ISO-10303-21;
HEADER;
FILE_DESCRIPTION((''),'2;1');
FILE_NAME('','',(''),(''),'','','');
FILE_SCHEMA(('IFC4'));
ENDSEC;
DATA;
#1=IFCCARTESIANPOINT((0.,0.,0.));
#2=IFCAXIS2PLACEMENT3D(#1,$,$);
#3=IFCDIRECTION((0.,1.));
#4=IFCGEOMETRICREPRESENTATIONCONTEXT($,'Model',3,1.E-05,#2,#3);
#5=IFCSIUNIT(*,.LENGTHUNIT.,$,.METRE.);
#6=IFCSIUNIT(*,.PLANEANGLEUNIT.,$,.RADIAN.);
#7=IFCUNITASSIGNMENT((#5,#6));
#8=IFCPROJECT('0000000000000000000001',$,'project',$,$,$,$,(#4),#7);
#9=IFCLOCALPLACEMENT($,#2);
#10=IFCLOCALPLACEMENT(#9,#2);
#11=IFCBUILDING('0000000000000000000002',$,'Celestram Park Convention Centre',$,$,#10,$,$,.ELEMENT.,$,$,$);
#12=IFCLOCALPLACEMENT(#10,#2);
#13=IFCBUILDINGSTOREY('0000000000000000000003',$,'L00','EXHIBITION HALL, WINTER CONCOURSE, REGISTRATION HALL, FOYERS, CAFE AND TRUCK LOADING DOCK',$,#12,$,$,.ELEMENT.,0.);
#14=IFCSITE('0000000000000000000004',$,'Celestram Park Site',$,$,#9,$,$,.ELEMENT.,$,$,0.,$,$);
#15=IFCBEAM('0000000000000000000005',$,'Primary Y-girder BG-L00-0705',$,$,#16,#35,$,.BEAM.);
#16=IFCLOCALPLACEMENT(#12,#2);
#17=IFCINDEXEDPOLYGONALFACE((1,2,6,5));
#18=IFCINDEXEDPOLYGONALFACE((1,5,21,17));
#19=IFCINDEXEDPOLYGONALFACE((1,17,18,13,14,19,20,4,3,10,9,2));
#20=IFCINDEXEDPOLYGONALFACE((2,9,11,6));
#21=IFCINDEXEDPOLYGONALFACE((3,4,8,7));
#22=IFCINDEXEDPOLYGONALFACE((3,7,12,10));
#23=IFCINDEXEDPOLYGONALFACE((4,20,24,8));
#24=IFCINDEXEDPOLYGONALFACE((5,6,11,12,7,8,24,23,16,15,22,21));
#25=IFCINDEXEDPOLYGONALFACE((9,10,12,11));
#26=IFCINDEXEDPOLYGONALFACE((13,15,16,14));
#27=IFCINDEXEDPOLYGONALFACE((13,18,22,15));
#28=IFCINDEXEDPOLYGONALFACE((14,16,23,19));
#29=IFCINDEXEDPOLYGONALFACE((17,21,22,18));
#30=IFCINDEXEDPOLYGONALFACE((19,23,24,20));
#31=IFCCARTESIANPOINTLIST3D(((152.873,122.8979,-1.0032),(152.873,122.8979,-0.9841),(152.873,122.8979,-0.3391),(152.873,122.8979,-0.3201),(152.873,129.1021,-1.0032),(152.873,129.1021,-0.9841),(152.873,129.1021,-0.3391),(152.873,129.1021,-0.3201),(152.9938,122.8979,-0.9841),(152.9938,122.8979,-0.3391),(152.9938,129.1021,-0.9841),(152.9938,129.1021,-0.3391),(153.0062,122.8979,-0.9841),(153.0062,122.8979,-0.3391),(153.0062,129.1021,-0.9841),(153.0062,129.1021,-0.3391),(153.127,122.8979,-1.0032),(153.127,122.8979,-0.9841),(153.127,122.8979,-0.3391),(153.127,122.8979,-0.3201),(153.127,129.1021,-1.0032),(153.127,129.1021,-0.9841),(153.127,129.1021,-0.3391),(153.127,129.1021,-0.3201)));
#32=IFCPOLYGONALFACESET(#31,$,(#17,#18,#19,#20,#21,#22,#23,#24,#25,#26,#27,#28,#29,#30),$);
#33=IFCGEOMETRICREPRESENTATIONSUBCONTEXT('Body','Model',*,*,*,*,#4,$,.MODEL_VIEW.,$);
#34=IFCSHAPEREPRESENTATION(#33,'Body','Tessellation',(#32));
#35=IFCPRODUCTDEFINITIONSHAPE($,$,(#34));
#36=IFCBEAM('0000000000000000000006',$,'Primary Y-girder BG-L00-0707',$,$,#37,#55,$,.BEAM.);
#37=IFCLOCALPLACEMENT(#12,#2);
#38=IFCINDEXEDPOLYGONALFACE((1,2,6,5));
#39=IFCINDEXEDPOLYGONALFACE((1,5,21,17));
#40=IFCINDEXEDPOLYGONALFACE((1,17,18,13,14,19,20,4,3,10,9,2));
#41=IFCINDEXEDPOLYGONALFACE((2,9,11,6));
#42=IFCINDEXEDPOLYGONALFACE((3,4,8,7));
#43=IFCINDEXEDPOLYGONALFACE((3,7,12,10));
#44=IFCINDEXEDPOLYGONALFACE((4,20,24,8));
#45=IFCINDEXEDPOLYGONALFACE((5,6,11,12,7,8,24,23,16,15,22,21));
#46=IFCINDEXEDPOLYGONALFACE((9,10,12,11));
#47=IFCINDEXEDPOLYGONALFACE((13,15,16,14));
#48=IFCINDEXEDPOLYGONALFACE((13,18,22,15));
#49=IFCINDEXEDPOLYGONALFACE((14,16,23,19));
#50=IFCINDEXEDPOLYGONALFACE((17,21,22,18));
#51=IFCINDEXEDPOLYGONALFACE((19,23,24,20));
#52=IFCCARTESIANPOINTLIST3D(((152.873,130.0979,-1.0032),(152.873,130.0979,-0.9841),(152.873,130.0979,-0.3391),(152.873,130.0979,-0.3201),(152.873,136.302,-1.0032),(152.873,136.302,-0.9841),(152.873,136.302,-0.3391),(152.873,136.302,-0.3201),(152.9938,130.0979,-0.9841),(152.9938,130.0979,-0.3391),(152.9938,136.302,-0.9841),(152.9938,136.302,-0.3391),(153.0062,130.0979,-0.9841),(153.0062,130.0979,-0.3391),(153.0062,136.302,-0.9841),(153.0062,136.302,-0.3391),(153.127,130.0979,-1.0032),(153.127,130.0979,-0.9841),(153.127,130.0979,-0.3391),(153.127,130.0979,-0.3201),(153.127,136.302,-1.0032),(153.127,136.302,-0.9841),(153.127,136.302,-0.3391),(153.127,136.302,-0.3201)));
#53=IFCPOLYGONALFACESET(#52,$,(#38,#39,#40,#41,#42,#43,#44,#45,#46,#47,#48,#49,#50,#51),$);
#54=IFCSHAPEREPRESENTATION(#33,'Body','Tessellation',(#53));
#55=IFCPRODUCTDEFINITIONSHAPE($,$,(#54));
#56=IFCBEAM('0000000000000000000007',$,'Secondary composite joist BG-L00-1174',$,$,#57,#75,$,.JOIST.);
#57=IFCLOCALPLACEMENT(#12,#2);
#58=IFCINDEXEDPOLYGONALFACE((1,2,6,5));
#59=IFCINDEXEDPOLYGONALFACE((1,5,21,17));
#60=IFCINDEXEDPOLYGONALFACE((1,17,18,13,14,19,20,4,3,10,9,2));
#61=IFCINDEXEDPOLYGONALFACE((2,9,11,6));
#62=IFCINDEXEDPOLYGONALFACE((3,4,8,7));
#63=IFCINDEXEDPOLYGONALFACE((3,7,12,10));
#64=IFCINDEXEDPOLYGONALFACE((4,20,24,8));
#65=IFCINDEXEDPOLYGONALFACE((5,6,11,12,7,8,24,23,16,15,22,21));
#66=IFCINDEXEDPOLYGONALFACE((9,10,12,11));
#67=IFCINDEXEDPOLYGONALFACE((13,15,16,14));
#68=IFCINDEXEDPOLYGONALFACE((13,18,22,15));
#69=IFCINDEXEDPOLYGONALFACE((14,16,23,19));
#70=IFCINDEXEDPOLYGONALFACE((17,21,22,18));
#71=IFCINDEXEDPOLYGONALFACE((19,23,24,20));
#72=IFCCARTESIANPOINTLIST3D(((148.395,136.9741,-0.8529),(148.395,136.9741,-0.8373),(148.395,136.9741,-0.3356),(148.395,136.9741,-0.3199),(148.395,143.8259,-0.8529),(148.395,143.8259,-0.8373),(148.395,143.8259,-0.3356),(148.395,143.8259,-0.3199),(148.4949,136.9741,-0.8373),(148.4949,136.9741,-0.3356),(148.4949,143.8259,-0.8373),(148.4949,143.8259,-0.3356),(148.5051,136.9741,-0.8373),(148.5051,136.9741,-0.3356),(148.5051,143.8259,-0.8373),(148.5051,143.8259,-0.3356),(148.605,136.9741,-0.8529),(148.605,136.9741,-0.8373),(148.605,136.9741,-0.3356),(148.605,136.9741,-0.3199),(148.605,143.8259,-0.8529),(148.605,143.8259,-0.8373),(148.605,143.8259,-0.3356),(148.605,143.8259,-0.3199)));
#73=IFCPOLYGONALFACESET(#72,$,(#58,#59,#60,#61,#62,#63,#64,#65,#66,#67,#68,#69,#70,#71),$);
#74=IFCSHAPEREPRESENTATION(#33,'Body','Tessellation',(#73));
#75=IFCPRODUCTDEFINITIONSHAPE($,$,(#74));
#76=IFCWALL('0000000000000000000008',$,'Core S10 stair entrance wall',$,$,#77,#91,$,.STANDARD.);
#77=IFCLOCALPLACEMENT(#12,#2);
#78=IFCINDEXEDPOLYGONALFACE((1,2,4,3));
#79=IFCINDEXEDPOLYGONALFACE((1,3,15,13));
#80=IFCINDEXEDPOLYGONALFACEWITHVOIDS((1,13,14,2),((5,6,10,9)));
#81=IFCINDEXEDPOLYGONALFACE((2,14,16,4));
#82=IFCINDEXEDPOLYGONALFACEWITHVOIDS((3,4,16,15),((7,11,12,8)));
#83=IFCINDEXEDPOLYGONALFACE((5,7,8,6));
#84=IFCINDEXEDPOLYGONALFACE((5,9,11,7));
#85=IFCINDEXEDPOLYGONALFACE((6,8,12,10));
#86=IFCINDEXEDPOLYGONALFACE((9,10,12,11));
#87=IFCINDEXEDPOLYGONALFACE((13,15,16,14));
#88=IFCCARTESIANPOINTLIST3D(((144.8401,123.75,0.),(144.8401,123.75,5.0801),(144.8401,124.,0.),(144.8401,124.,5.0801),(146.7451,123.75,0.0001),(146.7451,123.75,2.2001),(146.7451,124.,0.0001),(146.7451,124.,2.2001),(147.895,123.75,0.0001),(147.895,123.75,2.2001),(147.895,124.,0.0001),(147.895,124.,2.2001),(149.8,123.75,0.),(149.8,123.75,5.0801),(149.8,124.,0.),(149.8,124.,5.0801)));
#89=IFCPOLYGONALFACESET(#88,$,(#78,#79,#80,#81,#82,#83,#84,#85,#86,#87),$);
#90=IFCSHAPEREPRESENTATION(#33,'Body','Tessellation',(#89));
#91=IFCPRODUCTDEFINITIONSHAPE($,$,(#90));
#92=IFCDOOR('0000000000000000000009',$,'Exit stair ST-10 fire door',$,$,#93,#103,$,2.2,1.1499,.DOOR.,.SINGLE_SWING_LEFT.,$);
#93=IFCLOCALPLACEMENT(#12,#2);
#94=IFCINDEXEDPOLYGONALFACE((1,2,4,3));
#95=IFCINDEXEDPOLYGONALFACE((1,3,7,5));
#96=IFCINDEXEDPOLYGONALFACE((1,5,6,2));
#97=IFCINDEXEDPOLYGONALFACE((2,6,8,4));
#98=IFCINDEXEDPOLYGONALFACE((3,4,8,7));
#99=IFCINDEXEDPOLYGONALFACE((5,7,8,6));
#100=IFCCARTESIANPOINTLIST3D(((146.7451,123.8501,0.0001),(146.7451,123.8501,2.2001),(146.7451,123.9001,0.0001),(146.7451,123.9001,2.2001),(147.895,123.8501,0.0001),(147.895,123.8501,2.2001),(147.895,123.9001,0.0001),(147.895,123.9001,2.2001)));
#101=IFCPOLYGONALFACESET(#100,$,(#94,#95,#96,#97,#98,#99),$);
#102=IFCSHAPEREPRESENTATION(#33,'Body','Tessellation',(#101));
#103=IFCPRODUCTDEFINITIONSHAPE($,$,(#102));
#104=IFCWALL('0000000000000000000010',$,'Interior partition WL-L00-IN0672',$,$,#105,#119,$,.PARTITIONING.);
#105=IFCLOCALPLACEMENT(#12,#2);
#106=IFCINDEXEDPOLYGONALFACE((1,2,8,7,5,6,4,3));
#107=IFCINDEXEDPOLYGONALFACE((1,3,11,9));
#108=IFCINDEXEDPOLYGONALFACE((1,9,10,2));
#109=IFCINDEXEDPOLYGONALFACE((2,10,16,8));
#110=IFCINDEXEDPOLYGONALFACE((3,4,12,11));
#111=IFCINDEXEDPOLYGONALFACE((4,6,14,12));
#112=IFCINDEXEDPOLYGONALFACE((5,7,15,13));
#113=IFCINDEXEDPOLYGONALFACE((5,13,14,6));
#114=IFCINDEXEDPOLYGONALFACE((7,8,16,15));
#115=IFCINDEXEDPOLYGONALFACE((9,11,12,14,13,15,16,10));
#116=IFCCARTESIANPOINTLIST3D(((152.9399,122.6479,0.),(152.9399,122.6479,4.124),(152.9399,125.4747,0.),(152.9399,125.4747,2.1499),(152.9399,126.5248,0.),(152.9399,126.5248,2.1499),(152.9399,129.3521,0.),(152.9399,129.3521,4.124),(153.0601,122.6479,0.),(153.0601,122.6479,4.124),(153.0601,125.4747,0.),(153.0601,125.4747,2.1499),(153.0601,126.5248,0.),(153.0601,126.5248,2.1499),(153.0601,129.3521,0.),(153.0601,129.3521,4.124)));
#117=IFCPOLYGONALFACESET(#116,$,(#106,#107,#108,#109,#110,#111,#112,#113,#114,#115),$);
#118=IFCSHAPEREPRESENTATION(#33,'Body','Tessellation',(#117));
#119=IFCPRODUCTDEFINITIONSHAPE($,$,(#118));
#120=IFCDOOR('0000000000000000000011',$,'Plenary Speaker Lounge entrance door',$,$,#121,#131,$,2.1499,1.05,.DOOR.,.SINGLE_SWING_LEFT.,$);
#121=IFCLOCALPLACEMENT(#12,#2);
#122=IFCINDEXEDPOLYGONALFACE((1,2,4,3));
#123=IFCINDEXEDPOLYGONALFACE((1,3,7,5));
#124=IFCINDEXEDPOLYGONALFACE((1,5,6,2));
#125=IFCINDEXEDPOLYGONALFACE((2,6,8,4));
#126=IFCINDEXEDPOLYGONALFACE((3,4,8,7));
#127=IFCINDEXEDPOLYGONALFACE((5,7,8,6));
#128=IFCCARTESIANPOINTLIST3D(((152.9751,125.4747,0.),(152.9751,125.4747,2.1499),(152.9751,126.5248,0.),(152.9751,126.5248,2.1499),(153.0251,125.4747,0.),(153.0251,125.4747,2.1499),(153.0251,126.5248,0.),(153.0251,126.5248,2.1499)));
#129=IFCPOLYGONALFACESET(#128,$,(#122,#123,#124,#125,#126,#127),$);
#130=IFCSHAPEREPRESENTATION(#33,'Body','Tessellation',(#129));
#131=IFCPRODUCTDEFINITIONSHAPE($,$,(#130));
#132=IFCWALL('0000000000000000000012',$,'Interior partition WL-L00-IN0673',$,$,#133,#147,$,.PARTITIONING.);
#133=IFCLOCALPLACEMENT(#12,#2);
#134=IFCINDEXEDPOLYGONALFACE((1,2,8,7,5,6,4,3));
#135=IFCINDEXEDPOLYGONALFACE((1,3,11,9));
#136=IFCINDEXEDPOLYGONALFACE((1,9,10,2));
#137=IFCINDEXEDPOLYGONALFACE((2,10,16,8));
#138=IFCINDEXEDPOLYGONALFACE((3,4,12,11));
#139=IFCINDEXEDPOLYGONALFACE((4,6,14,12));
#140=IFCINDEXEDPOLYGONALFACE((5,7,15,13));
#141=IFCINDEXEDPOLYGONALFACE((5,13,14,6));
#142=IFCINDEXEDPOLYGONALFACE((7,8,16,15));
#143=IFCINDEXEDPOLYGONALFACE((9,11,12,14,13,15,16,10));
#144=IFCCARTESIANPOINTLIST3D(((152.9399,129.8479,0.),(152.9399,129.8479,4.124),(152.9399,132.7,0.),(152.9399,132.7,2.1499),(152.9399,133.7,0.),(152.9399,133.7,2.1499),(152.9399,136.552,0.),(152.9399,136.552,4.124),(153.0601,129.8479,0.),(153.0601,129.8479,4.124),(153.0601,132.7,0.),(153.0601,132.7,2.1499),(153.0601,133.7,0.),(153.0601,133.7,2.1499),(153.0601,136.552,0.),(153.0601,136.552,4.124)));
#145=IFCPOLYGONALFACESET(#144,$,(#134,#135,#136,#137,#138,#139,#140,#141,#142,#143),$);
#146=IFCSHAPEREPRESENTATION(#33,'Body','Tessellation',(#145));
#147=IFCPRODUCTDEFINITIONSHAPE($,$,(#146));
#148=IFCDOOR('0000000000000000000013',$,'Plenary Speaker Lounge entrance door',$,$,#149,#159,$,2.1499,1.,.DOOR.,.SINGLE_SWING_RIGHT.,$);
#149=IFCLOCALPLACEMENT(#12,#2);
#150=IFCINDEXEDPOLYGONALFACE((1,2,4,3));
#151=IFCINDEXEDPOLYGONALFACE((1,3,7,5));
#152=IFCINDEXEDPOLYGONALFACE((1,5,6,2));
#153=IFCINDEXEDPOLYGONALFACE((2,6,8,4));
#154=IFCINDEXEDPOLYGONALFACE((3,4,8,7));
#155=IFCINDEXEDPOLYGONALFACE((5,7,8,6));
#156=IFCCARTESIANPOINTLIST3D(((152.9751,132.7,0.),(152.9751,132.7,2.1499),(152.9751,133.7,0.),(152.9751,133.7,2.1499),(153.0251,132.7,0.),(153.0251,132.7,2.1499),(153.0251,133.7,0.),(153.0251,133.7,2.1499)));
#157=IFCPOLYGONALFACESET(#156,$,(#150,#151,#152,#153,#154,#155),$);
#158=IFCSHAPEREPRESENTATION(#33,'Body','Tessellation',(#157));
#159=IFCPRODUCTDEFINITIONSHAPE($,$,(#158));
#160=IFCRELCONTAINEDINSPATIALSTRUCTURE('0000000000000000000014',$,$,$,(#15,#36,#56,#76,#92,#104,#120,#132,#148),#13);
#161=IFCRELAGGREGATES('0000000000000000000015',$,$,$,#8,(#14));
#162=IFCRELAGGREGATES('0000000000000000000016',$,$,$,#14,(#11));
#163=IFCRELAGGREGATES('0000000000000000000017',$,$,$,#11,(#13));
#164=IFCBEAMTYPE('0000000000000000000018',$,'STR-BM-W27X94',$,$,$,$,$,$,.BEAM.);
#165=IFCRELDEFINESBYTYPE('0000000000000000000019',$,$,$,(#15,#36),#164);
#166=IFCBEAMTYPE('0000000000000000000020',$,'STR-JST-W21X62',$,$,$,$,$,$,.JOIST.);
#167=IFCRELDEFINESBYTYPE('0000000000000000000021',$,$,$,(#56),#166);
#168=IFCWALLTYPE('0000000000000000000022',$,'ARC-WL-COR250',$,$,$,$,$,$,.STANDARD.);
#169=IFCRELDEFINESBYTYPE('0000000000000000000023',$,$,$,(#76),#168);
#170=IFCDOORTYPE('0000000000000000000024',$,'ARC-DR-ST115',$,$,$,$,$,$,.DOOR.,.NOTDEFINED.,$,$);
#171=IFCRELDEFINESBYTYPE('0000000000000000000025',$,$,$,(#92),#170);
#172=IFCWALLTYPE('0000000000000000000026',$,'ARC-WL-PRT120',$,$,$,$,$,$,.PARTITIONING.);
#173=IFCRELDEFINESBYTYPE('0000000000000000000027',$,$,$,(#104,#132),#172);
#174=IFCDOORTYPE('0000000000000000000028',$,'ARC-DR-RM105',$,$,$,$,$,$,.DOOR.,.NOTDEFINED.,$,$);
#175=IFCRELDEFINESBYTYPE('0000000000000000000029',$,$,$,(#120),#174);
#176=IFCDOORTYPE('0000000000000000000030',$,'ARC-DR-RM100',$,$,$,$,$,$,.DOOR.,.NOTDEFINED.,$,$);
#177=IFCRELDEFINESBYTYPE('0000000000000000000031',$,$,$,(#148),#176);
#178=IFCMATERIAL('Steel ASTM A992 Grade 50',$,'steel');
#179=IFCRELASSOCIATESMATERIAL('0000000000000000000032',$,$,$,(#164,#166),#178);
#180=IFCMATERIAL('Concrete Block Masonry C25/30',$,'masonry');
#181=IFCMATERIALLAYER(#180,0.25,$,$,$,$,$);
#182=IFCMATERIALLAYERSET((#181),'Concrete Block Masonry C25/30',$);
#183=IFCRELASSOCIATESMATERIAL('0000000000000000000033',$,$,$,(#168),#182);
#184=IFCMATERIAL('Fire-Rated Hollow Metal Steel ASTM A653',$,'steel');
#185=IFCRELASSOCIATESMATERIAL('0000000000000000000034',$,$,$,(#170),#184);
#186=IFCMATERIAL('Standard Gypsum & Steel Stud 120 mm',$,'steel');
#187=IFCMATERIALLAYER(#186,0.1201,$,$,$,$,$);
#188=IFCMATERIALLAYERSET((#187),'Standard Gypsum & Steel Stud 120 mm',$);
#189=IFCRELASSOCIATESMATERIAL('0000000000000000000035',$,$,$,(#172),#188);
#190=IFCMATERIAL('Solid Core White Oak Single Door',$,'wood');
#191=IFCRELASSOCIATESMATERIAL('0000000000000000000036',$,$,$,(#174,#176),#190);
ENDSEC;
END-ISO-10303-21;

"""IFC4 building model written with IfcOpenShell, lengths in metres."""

from ifc_helpers import new_model, si_unit, direction, frame, frame_2d, origin, origin_2d, place, context, subcontext, project, spatial, rectangle, i_section, extrude, material, layer, layer_set, material_profile, profile_set, type_object, element, fill, save


model = new_model("IFC4")

# Units and contexts
model_context = context("Model", 3, precision=1e-05, world=origin(), true_north=direction((0.0, 1.0)))
body_context = subcontext(model_context, "Body", "Model", "MODEL_VIEW")
ifc_project = project(units=[si_unit("LENGTHUNIT", "METRE"), si_unit("PLANEANGLEUNIT", "RADIAN")], contexts=[model_context])

# Site, building, storey
site_placement = place(None, origin())
site = spatial("IfcSite", under=ifc_project, at=site_placement, Name="Celestram Park Site", CompositionType="ELEMENT", RefElevation=0.0)
building_placement = place(site_placement, origin())
building = spatial("IfcBuilding", under=site, at=building_placement, Name="Celestram Park Convention Centre", CompositionType="ELEMENT")
storey_placement = place(building_placement, origin())
storey = spatial("IfcBuildingStorey", under=building, at=storey_placement, Name="L00", Description="EXHIBITION HALL, WINTER CONCOURSE, REGISTRATION HALL, FOYERS, CAFE AND TRUCK LOADING DOCK", CompositionType="ELEMENT", Elevation=0.0)

# Beams
ifc_material_1 = material(Name="Steel ASTM A992 Grade 50", Category="steel")
ifc_material_profile_1 = material_profile(ifc_material_1, i_section(OverallWidth=0.2539, OverallDepth=0.6831, WebThickness=0.0125, FlangeThickness=0.019, at=origin_2d()), Name="W27X94")
ifc_profile_set_1 = profile_set([ifc_material_profile_1], Name="Steel ASTM A992 Grade 50")
beam_type_1 = type_object("IfcBeamType", Name="STR-BM-W27X94", PredefinedType="BEAM", material=ifc_profile_set_1)
for number, where, z_axis, x_axis, name in (
    (1, (153.0, 122.8979, -0.6616), (0.0, 1.0, 0.0), (-1.0, 0.0, 0.0), "Primary Y-girder BG-L00-0705"),
    (2, (153.0, 130.0979, -0.6616), (0.0, 1.0, 0.0), (-1.0, 0.0, 0.0), "Primary Y-girder BG-L00-0707"),
):
    element("IfcBeam", number, at=place(storey_placement, frame(where, z_axis=z_axis, x_axis=x_axis)), inside=storey, type_object=beam_type_1, Name=name, PredefinedType="BEAM", context=body_context, shape_type="SweptSolid", body=[
        extrude(i_section(OverallWidth=0.2539, OverallDepth=0.6831, WebThickness=0.0125, FlangeThickness=0.019, at=origin_2d()), origin(), (0.0, 0.0, 1.0), 6.2041),
    ])
ifc_material_profile_2 = material_profile(ifc_material_1, i_section(OverallWidth=0.21, OverallDepth=0.533, WebThickness=0.0103, FlangeThickness=0.0156, at=origin_2d()), Name="W21X62")
ifc_profile_set_2 = profile_set([ifc_material_profile_2], Name="Steel ASTM A992 Grade 50")
beam_type_2 = type_object("IfcBeamType", Name="STR-JST-W21X62", PredefinedType="JOIST", material=ifc_profile_set_2)
beam_1_placement = place(storey_placement, frame((148.5, 136.9741, -0.5864), z_axis=(0.0, 1.0, 0.0), x_axis=(-1.0, 0.0, 0.0)))
element("IfcBeam", 3, at=beam_1_placement, inside=storey, type_object=beam_type_2, Name="Secondary composite joist BG-L00-1174", PredefinedType="JOIST", context=body_context, shape_type="SweptSolid", body=[
    extrude(i_section(OverallWidth=0.21, OverallDepth=0.533, WebThickness=0.0103, FlangeThickness=0.0156, at=origin_2d()), origin(), (0.0, 0.0, 1.0), 6.8518),
])

# Walls, openings, doors
ifc_material_2 = material(Name="Concrete Block Masonry C25/30", Category="masonry")
ifc_layer_1 = layer(ifc_material_2, 0.25)
ifc_layer_set_1 = layer_set([ifc_layer_1], Name="Concrete Block Masonry C25/30")
wall_type_1 = type_object("IfcWallType", Name="ARC-WL-COR250", PredefinedType="STANDARD", material=ifc_layer_set_1)
wall_1_placement = place(storey_placement, frame((149.8, 123.875, 0.0), z_axis=(0.0, 0.0, 1.0), x_axis=(-1.0, 0.0, 0.0)))
wall_1 = element("IfcWall", 4, at=wall_1_placement, inside=storey, type_object=wall_type_1, Name="Core S10 stair entrance wall", PredefinedType="STANDARD", context=body_context, shape_type="SweptSolid", body=[
    extrude(rectangle(XDim=4.96, YDim=0.25, at=frame_2d((2.48, 0.0))), origin(), (0.0, 0.0, 1.0), 5.0801),
])
opening_1_placement = place(wall_1_placement, frame((1.905, 0.0, 0.0)))
opening_1 = element("IfcOpeningElement", 5, at=opening_1_placement, cuts=wall_1, PredefinedType="OPENING", context=body_context, shape_type="SweptSolid", body=[
    extrude(rectangle(XDim=1.1499, YDim=2.2, at=frame_2d((0.575, 1.1001))), frame((0.0, 0.135, 0.0), z_axis=(0.0, -1.0, 0.0), x_axis=(1.0, 0.0, 0.0)), (0.0, 0.0, 1.0), 0.27),
])
ifc_material_3 = material(Name="Fire-Rated Hollow Metal Steel ASTM A653", Category="steel")
door_type_1 = type_object("IfcDoorType", Name="ARC-DR-ST115", OperationType="NOTDEFINED", PredefinedType="DOOR", material=ifc_material_3)
door_1_placement = place(opening_1_placement, origin())
door_1 = element("IfcDoor", 6, at=door_1_placement, inside=storey, type_object=door_type_1, Name="Exit stair ST-10 fire door", OperationType="SINGLE_SWING_LEFT", OverallHeight=2.2, OverallWidth=1.1499, PredefinedType="DOOR", context=body_context, shape_type="SweptSolid", body=[
    extrude(rectangle(XDim=1.1499, YDim=2.2, at=frame_2d((0.575, 1.1001))), frame((0.0, 0.0249, 0.0), z_axis=(0.0, -1.0, 0.0), x_axis=(1.0, 0.0, 0.0)), (0.0, 0.0, 1.0), 0.05),
])
fill(opening_1, door_1)
ifc_material_4 = material(Name="Standard Gypsum & Steel Stud 120 mm", Category="steel")
ifc_layer_2 = layer(ifc_material_4, 0.1201)
ifc_layer_set_2 = layer_set([ifc_layer_2], Name="Standard Gypsum & Steel Stud 120 mm")
wall_type_2 = type_object("IfcWallType", Name="ARC-WL-PRT120", PredefinedType="PARTITIONING", material=ifc_layer_set_2)
wall_2_placement = place(storey_placement, frame((153.0, 122.6479, 0.0), z_axis=(0.0, 0.0, 1.0), x_axis=(0.0, 1.0, 0.0)))
wall_2 = element("IfcWall", 7, at=wall_2_placement, inside=storey, type_object=wall_type_2, Name="Interior partition WL-L00-IN0672", PredefinedType="PARTITIONING", context=body_context, shape_type="SweptSolid", body=[
    extrude(rectangle(XDim=6.7041, YDim=0.1201, at=frame_2d((3.3521, 0.0))), origin(), (0.0, 0.0, 1.0), 4.124),
])
opening_2_placement = place(wall_2_placement, frame((2.8269, 0.0, 0.0)))
opening_2 = element("IfcOpeningElement", 8, at=opening_2_placement, cuts=wall_2, PredefinedType="OPENING", context=body_context, shape_type="SweptSolid", body=[
    extrude(rectangle(XDim=1.05, YDim=2.1499, at=frame_2d((0.5249, 1.075))), frame((0.0, 0.0701, 0.0), z_axis=(0.0, -1.0, 0.0), x_axis=(1.0, 0.0, 0.0)), (0.0, 0.0, 1.0), 0.1401),
])
ifc_material_5 = material(Name="Solid Core White Oak Single Door", Category="wood")
door_type_2 = type_object("IfcDoorType", Name="ARC-DR-RM105", OperationType="NOTDEFINED", PredefinedType="DOOR", material=ifc_material_5)
door_2_placement = place(opening_2_placement, origin())
door_2 = element("IfcDoor", 9, at=door_2_placement, inside=storey, type_object=door_type_2, Name="Plenary Speaker Lounge entrance door", OperationType="SINGLE_SWING_LEFT", OverallHeight=2.1499, OverallWidth=1.05, PredefinedType="DOOR", context=body_context, shape_type="SweptSolid", body=[
    extrude(rectangle(XDim=1.05, YDim=2.1499, at=frame_2d((0.5249, 1.075))), frame((0.0, 0.0249, 0.0), z_axis=(0.0, -1.0, 0.0), x_axis=(1.0, 0.0, 0.0)), (0.0, 0.0, 1.0), 0.05),
])
fill(opening_2, door_2)
wall_3_placement = place(storey_placement, frame((153.0, 129.8479, 0.0), z_axis=(0.0, 0.0, 1.0), x_axis=(0.0, 1.0, 0.0)))
wall_3 = element("IfcWall", 10, at=wall_3_placement, inside=storey, type_object=wall_type_2, Name="Interior partition WL-L00-IN0673", PredefinedType="PARTITIONING", context=body_context, shape_type="SweptSolid", body=[
    extrude(rectangle(XDim=6.7041, YDim=0.1201, at=frame_2d((3.3521, 0.0))), origin(), (0.0, 0.0, 1.0), 4.124),
])
opening_3_placement = place(wall_3_placement, frame((2.8521, 0.0, 0.0)))
opening_3 = element("IfcOpeningElement", 11, at=opening_3_placement, cuts=wall_3, PredefinedType="OPENING", context=body_context, shape_type="SweptSolid", body=[
    extrude(rectangle(XDim=1.0, YDim=2.1499, at=frame_2d((0.5, 1.075))), frame((0.0, 0.0701, 0.0), z_axis=(0.0, -1.0, 0.0), x_axis=(1.0, 0.0, 0.0)), (0.0, 0.0, 1.0), 0.1401),
])
door_type_3 = type_object("IfcDoorType", Name="ARC-DR-RM100", OperationType="NOTDEFINED", PredefinedType="DOOR", material=ifc_material_5)
door_3_placement = place(opening_3_placement, origin())
door_3 = element("IfcDoor", 12, at=door_3_placement, inside=storey, type_object=door_type_3, Name="Plenary Speaker Lounge entrance door", OperationType="SINGLE_SWING_RIGHT", OverallHeight=2.1499, OverallWidth=1.0, PredefinedType="DOOR", context=body_context, shape_type="SweptSolid", body=[
    extrude(rectangle(XDim=1.0, YDim=2.1499, at=frame_2d((0.5, 1.075))), frame((0.0, 0.0249, 0.0), z_axis=(0.0, -1.0, 0.0), x_axis=(1.0, 0.0, 0.0)), (0.0, 0.0, 1.0), 0.05),
])
fill(opening_3, door_3)

save(model, "model.ifc")
